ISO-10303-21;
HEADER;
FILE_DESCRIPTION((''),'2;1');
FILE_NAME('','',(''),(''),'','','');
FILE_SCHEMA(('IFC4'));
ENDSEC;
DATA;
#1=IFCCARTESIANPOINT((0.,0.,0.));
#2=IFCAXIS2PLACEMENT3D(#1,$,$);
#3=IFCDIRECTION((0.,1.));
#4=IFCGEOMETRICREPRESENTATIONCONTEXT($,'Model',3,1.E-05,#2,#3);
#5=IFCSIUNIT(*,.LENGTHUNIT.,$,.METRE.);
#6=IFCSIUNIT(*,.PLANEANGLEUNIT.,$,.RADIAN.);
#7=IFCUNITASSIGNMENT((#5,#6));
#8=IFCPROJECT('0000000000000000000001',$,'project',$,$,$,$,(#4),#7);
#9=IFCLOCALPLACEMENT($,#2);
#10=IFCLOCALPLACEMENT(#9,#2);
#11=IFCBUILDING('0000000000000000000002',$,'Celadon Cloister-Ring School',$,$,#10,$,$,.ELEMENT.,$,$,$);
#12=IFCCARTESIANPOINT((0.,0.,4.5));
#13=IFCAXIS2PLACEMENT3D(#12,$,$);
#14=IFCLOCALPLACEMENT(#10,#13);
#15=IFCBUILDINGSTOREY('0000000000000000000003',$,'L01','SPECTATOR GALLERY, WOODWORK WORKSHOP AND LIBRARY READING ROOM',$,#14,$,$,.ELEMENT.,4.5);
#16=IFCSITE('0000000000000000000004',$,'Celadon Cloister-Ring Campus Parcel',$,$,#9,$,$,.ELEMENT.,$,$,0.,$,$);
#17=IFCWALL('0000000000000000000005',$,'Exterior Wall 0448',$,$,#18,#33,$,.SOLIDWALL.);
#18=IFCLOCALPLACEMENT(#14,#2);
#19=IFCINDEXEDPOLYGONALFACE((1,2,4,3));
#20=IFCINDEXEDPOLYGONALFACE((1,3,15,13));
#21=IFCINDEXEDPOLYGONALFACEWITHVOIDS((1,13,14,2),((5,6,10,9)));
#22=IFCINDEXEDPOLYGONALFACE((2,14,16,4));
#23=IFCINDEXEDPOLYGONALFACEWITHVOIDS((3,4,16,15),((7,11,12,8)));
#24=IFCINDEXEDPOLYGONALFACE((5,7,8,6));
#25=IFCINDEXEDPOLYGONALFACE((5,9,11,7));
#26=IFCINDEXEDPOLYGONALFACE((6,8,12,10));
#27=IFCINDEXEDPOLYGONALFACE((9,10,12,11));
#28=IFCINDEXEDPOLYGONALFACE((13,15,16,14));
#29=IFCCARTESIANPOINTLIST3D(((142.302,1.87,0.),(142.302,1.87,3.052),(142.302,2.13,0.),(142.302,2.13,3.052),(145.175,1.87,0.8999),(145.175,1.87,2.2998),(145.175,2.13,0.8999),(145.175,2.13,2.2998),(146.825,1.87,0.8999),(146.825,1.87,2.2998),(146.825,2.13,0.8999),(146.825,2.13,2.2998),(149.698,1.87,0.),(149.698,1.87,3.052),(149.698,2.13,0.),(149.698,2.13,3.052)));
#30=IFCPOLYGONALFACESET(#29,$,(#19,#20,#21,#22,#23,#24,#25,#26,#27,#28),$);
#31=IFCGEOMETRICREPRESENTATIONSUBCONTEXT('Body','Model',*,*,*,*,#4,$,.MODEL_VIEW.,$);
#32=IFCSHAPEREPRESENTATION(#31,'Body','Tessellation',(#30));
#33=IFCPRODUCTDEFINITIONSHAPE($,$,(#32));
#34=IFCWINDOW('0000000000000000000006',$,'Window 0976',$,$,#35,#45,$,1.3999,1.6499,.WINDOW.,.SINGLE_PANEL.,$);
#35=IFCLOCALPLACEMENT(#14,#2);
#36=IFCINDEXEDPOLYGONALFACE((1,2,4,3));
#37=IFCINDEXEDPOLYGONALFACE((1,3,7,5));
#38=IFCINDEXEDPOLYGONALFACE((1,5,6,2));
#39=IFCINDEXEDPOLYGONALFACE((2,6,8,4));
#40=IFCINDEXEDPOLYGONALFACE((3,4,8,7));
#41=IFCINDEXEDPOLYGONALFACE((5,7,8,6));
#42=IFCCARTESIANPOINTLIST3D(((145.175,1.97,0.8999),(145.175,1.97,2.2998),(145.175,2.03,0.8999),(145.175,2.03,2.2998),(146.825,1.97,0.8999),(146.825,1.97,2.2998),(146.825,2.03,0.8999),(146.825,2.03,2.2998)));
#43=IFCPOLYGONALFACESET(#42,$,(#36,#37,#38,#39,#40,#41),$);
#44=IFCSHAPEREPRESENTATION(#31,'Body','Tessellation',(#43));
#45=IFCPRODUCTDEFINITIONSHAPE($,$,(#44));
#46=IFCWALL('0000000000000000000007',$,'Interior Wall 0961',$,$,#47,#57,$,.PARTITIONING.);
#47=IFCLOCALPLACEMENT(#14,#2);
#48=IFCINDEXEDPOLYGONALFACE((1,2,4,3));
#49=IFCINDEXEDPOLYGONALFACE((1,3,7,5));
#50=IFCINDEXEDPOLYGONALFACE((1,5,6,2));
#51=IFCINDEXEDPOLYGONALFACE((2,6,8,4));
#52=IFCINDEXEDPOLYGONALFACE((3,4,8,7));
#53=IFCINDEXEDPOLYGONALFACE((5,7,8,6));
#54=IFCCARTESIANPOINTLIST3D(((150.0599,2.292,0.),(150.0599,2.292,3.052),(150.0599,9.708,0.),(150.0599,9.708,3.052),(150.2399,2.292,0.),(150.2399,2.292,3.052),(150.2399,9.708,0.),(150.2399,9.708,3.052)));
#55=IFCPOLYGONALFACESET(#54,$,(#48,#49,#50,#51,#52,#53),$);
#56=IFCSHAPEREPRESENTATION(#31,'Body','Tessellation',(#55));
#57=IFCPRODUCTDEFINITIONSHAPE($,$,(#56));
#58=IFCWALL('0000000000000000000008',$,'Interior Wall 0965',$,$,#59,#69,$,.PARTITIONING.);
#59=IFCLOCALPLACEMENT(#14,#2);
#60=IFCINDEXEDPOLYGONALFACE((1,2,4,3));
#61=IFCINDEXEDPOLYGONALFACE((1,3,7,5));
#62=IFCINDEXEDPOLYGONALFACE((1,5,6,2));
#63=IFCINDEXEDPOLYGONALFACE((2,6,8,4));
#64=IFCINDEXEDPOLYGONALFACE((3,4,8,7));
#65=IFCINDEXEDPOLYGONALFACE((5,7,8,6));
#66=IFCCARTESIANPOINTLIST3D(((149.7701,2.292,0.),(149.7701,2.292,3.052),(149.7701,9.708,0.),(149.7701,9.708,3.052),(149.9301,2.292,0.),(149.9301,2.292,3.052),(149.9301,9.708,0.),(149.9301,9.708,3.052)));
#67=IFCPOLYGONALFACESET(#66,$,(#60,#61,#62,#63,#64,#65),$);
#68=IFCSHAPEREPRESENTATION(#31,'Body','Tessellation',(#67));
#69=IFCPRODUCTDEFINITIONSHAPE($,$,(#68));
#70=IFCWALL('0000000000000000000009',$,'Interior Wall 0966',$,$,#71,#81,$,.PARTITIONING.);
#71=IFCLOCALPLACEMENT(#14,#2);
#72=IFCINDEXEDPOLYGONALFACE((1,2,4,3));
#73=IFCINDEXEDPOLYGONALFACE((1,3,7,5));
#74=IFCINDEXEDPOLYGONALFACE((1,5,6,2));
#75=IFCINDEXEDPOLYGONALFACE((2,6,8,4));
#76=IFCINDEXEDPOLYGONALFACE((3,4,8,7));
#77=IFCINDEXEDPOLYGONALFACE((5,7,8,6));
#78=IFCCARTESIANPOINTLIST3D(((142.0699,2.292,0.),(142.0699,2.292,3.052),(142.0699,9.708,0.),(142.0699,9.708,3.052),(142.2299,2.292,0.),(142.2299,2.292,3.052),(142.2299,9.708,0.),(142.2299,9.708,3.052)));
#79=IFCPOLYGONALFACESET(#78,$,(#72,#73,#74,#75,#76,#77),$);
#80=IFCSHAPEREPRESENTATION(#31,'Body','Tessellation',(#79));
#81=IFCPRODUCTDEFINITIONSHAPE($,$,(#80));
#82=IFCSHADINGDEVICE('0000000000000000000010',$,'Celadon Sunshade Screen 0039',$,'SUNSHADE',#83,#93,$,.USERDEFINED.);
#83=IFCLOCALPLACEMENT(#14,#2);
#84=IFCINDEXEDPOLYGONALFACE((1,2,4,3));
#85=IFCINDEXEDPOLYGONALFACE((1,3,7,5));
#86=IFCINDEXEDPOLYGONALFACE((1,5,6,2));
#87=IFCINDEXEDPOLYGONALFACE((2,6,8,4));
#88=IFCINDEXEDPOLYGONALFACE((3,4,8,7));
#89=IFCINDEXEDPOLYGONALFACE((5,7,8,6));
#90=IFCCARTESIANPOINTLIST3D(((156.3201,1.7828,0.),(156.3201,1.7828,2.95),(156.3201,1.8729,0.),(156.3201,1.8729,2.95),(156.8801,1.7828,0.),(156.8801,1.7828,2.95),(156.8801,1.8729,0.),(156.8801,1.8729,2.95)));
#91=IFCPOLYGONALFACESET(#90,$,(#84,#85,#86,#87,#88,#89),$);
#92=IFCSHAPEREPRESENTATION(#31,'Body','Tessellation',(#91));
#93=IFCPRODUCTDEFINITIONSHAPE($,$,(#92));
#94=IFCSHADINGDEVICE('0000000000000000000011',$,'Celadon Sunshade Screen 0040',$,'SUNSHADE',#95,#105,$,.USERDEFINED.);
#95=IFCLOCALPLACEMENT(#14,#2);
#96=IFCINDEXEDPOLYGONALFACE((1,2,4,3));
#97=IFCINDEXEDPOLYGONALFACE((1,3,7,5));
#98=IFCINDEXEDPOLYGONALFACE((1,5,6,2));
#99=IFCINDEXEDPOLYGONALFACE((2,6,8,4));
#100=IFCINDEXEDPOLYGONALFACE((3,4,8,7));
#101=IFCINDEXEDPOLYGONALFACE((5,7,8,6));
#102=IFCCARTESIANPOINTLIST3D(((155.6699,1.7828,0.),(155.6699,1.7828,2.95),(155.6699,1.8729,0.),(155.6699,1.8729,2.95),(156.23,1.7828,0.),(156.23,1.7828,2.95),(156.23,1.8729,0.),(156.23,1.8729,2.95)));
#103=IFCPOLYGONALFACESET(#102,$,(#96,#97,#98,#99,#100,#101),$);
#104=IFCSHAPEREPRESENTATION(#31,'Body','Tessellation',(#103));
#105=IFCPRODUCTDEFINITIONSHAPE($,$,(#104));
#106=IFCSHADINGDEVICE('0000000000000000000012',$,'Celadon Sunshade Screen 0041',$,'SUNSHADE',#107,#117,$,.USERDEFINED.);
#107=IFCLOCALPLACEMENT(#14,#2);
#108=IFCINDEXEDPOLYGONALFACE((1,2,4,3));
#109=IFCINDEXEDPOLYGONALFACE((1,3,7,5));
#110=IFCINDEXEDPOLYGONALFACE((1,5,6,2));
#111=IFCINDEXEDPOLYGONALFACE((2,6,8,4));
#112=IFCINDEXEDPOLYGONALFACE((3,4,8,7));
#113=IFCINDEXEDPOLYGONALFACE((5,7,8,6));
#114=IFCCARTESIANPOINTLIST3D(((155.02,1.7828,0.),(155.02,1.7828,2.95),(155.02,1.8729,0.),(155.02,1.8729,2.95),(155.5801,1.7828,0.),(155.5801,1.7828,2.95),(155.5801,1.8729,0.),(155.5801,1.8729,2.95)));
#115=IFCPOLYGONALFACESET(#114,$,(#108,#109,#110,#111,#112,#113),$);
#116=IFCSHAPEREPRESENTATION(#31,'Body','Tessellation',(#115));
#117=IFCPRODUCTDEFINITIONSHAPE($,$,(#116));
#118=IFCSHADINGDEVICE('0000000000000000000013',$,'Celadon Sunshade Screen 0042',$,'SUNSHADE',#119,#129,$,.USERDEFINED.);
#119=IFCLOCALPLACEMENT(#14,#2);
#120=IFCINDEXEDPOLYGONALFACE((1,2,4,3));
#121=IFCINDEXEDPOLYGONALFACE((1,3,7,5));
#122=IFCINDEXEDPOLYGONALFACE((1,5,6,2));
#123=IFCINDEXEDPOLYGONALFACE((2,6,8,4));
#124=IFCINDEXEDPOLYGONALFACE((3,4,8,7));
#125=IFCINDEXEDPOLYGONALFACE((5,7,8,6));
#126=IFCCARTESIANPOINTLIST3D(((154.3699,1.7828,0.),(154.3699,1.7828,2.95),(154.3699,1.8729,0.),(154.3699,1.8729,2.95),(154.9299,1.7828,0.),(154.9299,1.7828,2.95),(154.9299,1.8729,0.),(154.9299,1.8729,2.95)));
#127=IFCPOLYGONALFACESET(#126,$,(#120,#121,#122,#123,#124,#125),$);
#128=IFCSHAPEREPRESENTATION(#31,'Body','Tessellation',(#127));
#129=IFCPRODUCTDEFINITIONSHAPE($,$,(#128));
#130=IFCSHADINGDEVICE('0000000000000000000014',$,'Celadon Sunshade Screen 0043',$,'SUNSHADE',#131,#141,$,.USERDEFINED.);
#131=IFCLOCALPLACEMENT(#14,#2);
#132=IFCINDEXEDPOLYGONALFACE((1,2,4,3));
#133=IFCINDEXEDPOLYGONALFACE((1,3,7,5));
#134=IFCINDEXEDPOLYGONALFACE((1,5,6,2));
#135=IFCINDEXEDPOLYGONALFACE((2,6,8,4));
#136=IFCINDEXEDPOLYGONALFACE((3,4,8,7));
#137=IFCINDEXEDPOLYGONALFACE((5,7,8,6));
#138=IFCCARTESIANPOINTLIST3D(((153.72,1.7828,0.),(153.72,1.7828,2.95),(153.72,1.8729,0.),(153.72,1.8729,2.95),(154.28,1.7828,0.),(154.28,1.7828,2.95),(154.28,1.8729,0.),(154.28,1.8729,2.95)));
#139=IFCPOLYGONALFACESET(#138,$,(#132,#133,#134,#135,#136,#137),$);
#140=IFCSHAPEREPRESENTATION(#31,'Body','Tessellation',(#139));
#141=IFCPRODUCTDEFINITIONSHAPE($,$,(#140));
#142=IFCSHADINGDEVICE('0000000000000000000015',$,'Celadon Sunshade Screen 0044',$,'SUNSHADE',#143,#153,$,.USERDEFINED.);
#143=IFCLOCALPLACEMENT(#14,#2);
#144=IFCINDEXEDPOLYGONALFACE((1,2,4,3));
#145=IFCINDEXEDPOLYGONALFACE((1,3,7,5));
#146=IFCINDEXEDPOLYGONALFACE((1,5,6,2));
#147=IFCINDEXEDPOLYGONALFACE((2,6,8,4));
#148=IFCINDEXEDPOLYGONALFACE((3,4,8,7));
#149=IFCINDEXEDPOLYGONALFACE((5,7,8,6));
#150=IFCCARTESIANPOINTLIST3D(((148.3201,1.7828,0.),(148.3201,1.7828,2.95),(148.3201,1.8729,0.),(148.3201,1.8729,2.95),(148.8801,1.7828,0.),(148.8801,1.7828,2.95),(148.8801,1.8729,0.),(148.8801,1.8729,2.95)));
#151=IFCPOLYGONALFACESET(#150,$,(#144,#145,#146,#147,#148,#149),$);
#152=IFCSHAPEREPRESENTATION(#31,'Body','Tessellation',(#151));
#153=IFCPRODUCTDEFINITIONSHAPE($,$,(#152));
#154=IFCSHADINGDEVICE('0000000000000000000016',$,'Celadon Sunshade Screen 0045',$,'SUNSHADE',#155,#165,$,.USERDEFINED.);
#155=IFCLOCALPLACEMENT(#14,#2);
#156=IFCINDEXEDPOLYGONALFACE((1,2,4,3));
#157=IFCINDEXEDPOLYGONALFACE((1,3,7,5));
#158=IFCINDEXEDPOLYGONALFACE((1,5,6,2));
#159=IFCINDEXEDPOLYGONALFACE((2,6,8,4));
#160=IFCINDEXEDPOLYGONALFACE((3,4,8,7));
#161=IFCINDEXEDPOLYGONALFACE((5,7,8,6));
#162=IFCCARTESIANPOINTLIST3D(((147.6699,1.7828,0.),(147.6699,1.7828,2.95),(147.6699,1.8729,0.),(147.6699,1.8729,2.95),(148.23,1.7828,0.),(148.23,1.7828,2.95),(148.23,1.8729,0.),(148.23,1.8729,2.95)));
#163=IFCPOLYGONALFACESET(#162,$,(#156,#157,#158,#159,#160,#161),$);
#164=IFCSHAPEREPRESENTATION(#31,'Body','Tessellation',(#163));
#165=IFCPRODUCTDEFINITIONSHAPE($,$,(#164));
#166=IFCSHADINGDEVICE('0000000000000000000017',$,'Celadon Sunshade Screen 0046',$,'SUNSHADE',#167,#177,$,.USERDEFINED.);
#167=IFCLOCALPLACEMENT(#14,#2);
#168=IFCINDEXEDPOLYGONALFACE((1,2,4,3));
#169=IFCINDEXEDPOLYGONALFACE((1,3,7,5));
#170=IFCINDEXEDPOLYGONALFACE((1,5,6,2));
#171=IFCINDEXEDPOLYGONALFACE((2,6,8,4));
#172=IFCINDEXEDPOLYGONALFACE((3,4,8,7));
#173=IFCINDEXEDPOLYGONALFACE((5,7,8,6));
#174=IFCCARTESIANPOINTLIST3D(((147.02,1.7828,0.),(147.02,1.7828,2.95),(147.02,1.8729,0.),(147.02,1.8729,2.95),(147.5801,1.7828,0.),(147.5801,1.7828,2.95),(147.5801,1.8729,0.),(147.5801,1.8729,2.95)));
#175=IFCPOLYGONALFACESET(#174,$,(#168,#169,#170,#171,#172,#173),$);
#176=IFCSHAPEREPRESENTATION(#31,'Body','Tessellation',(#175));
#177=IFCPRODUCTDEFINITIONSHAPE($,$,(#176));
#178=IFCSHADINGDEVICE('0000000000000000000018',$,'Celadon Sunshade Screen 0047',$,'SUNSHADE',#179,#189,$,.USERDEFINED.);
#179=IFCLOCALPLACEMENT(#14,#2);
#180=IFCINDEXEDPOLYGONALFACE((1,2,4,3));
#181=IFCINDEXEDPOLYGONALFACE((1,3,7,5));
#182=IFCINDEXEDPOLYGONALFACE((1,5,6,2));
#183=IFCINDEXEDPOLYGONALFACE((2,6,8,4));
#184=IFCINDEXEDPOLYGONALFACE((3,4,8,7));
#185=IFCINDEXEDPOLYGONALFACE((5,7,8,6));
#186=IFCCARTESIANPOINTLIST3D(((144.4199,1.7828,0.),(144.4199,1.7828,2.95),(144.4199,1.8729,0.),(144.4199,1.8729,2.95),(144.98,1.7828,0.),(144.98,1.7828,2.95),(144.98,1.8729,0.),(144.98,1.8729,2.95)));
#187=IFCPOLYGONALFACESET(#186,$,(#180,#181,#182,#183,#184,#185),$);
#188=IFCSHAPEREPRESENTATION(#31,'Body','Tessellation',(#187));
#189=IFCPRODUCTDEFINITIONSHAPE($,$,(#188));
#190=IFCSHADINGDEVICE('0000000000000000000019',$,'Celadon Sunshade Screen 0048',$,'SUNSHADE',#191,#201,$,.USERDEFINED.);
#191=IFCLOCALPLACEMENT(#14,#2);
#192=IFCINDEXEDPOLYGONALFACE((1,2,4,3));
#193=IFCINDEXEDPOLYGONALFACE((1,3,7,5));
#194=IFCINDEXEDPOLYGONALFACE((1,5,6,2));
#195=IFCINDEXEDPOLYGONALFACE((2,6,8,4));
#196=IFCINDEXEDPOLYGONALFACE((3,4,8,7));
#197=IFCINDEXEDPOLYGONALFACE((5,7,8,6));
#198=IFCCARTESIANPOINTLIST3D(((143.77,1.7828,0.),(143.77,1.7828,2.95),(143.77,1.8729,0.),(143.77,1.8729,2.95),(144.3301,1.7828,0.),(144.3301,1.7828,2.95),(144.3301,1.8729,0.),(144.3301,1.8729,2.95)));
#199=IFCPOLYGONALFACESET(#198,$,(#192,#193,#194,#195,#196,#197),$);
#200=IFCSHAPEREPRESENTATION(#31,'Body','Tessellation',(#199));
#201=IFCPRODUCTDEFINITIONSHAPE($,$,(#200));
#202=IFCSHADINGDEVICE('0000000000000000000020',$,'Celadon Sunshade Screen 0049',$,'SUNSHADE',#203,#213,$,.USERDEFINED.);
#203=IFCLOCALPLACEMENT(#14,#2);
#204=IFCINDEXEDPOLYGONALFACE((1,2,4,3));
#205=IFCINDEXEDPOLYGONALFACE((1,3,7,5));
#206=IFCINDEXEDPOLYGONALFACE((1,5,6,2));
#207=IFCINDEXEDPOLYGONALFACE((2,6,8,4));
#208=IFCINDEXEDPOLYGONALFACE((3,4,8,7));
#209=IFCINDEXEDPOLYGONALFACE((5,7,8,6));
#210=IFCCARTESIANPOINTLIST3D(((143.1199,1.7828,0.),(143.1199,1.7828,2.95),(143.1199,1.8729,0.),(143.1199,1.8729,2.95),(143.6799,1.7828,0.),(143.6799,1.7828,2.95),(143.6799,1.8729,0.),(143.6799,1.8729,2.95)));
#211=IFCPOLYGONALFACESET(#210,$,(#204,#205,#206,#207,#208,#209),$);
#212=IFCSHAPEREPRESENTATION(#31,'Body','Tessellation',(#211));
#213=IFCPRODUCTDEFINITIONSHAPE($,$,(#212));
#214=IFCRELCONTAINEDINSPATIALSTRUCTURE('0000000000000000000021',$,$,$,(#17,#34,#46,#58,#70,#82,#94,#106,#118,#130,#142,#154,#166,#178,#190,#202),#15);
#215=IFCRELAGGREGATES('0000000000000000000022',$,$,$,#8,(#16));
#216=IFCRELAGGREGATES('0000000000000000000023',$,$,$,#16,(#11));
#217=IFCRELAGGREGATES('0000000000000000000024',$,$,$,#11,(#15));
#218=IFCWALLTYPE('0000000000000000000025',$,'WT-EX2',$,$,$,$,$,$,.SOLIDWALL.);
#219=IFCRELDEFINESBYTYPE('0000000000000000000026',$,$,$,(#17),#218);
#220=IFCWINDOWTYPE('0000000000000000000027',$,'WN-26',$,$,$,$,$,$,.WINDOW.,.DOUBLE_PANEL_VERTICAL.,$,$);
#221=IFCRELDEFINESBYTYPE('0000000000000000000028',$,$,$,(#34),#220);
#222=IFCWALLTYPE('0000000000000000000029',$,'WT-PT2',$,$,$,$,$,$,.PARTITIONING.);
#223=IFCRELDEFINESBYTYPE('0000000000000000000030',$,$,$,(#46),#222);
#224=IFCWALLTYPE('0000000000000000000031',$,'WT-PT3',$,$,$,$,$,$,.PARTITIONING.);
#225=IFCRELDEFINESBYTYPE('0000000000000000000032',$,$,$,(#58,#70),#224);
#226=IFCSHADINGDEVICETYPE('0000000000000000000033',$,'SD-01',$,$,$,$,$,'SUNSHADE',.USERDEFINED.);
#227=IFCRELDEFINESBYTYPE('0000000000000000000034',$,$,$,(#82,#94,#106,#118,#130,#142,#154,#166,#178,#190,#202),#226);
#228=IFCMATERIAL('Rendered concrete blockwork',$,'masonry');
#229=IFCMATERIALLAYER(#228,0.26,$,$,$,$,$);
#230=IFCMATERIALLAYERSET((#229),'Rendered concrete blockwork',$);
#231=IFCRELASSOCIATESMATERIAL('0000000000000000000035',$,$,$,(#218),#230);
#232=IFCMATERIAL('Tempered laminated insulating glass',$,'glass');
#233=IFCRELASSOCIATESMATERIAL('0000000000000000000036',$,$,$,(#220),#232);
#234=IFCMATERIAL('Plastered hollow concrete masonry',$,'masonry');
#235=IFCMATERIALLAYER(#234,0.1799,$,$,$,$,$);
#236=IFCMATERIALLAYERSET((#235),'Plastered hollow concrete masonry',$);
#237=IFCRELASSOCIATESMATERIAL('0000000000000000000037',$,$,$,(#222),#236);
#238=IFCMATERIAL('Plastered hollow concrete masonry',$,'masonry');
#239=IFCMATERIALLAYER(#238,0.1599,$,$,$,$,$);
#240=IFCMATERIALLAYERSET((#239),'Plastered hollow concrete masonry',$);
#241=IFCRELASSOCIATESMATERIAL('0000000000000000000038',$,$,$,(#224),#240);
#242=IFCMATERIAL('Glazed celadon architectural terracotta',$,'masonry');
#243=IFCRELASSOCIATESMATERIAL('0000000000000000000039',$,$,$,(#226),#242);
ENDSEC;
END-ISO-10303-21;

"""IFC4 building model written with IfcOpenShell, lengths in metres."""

from ifc_helpers import new_model, si_unit, direction, frame, frame_2d, origin, origin_2d, place, context, subcontext, project, spatial, rectangle, extrude, material, layer, layer_set, type_object, element, fill, save


model = new_model("IFC4")

# Units and contexts
model_context = context("Model", 3, precision=1e-05, world=origin(), true_north=direction((0.0, 1.0)))
body_context = subcontext(model_context, "Body", "Model", "MODEL_VIEW")
ifc_project = project(units=[si_unit("LENGTHUNIT", "METRE"), si_unit("PLANEANGLEUNIT", "RADIAN")], contexts=[model_context])

# Site, building, storey
site_placement = place(None, origin())
site = spatial("IfcSite", under=ifc_project, at=site_placement, Name="Celadon Cloister-Ring Campus Parcel", CompositionType="ELEMENT", RefElevation=0.0)
building_placement = place(site_placement, origin())
building = spatial("IfcBuilding", under=site, at=building_placement, Name="Celadon Cloister-Ring School", CompositionType="ELEMENT")
storey_placement = place(building_placement, frame((0.0, 0.0, 4.5)))
storey = spatial("IfcBuildingStorey", under=building, at=storey_placement, Name="L01", Description="SPECTATOR GALLERY, WOODWORK WORKSHOP AND LIBRARY READING ROOM", CompositionType="ELEMENT", Elevation=4.5)

# Wall, opening, window
ifc_material_1 = material(Name="Rendered concrete blockwork", Category="masonry")
ifc_layer_1 = layer(ifc_material_1, 0.26)
ifc_layer_set_1 = layer_set([ifc_layer_1], Name="Rendered concrete blockwork")
wall_type_1 = type_object("IfcWallType", Name="WT-EX2", PredefinedType="SOLIDWALL", material=ifc_layer_set_1)
wall_1_placement = place(storey_placement, frame((149.698, 2.0, 0.0), z_axis=(0.0, 0.0, 1.0), x_axis=(-1.0, 0.0, 0.0)))
wall_1 = element("IfcWall", 1, at=wall_1_placement, inside=storey, type_object=wall_type_1, Name="Exterior Wall 0448", PredefinedType="SOLIDWALL", context=body_context, shape_type="SweptSolid", body=[
    extrude(rectangle(XDim=7.396, YDim=0.26, at=frame_2d((3.698, 0.0))), origin(), (0.0, 0.0, 1.0), 3.052),
])
opening_1_placement = place(wall_1_placement, frame((2.873, 0.0, 0.8999)))
opening_1 = element("IfcOpeningElement", 2, at=opening_1_placement, cuts=wall_1, PredefinedType="OPENING", context=body_context, shape_type="SweptSolid", body=[
    extrude(rectangle(XDim=1.6499, YDim=1.3999, at=frame_2d((0.825, 0.7))), frame((0.0, 0.1401, 0.0), z_axis=(0.0, -1.0, 0.0), x_axis=(1.0, 0.0, 0.0)), (0.0, 0.0, 1.0), 0.28),
])
ifc_material_2 = material(Name="Tempered laminated insulating glass", Category="glass")
window_type_1 = type_object("IfcWindowType", Name="WN-26", PartitioningType="DOUBLE_PANEL_VERTICAL", PredefinedType="WINDOW", material=ifc_material_2)
window_1_placement = place(opening_1_placement, origin())
window_1 = element("IfcWindow", 3, at=window_1_placement, inside=storey, type_object=window_type_1, Name="Window 0976", OverallHeight=1.3999, OverallWidth=1.6499, PartitioningType="SINGLE_PANEL", PredefinedType="WINDOW", context=body_context, shape_type="SweptSolid", body=[
    extrude(rectangle(XDim=1.6499, YDim=1.3999, at=frame_2d((0.825, 0.7))), frame((0.0, 0.03, 0.0), z_axis=(0.0, -1.0, 0.0), x_axis=(1.0, 0.0, 0.0)), (0.0, 0.0, 1.0), 0.0601),
])
fill(opening_1, window_1)

# Walls
ifc_material_3 = material(Name="Plastered hollow concrete masonry", Category="masonry")
ifc_layer_2 = layer(ifc_material_3, 0.1799)
ifc_layer_set_2 = layer_set([ifc_layer_2], Name="Plastered hollow concrete masonry")
wall_type_2 = type_object("IfcWallType", Name="WT-PT2", PredefinedType="PARTITIONING", material=ifc_layer_set_2)
wall_2_placement = place(storey_placement, frame((150.1499, 2.292, 0.0), z_axis=(0.0, 0.0, 1.0), x_axis=(0.0, 1.0, 0.0)))
element("IfcWall", 4, at=wall_2_placement, inside=storey, type_object=wall_type_2, Name="Interior Wall 0961", PredefinedType="PARTITIONING", context=body_context, shape_type="SweptSolid", body=[
    extrude(rectangle(XDim=7.416, YDim=0.1799, at=frame_2d((3.708, 0.0))), origin(), (0.0, 0.0, 1.0), 3.052),
])
ifc_material_4 = material(Name="Plastered hollow concrete masonry", Category="masonry")
ifc_layer_3 = layer(ifc_material_4, 0.1599)
ifc_layer_set_3 = layer_set([ifc_layer_3], Name="Plastered hollow concrete masonry")
wall_type_3 = type_object("IfcWallType", Name="WT-PT3", PredefinedType="PARTITIONING", material=ifc_layer_set_3)
for number, where, z_axis, x_axis, name in (
    (5, (149.8501, 9.708, 0.0), (0.0, 0.0, 1.0), (0.0, -1.0, 0.0), "Interior Wall 0965"),
    (6, (142.1499, 2.292, 0.0), (0.0, 0.0, 1.0), (0.0, 1.0, 0.0), "Interior Wall 0966"),
):
    element("IfcWall", number, at=place(storey_placement, frame(where, z_axis=z_axis, x_axis=x_axis)), inside=storey, type_object=wall_type_3, Name=name, PredefinedType="PARTITIONING", context=body_context, shape_type="SweptSolid", body=[
        extrude(rectangle(XDim=7.416, YDim=0.1599, at=frame_2d((3.708, 0.0))), origin(), (0.0, 0.0, 1.0), 3.052),
    ])

# Shading devices
ifc_material_5 = material(Name="Glazed celadon architectural terracotta", Category="masonry")
shading_device_type = type_object("IfcShadingDeviceType", Name="SD-01", ElementType="SUNSHADE", PredefinedType="USERDEFINED", material=ifc_material_5)
for number, where, z_axis, x_axis, name in (
    (7, (156.6001, 1.8279, 0.0), (0.0, 0.0, 1.0), (-1.0, 0.0, 0.0), "Celadon Sunshade Screen 0039"),
    (8, (155.95, 1.8279, 0.0), (0.0, 0.0, 1.0), (-1.0, 0.0, 0.0), "Celadon Sunshade Screen 0040"),
    (9, (155.3, 1.8279, 0.0), (0.0, 0.0, 1.0), (-1.0, 0.0, 0.0), "Celadon Sunshade Screen 0041"),
    (10, (154.6499, 1.8279, 0.0), (0.0, 0.0, 1.0), (-1.0, 0.0, 0.0), "Celadon Sunshade Screen 0042"),
    (11, (154.0, 1.8279, 0.0), (0.0, 0.0, 1.0), (-1.0, 0.0, 0.0), "Celadon Sunshade Screen 0043"),
    (12, (148.6001, 1.8279, 0.0), (0.0, 0.0, 1.0), (-1.0, 0.0, 0.0), "Celadon Sunshade Screen 0044"),
    (13, (147.95, 1.8279, 0.0), (0.0, 0.0, 1.0), (-1.0, 0.0, 0.0), "Celadon Sunshade Screen 0045"),
    (14, (147.3, 1.8279, 0.0), (0.0, 0.0, 1.0), (-1.0, 0.0, 0.0), "Celadon Sunshade Screen 0046"),
    (15, (144.7, 1.8279, 0.0), (0.0, 0.0, 1.0), (-1.0, 0.0, 0.0), "Celadon Sunshade Screen 0047"),
    (16, (144.05, 1.8279, 0.0), (0.0, 0.0, 1.0), (-1.0, 0.0, 0.0), "Celadon Sunshade Screen 0048"),
    (17, (143.3999, 1.8279, 0.0), (0.0, 0.0, 1.0), (-1.0, 0.0, 0.0), "Celadon Sunshade Screen 0049"),
):
    element("IfcShadingDevice", number, at=place(storey_placement, frame(where, z_axis=z_axis, x_axis=x_axis)), inside=storey, type_object=shading_device_type, Name=name, ObjectType="SUNSHADE", PredefinedType="USERDEFINED", context=body_context, shape_type="SweptSolid", body=[
        extrude(rectangle(XDim=0.5601, YDim=0.0901, at=origin_2d()), origin(), (0.0, 0.0, 1.0), 2.95),
    ])

save(model, "model.ifc")
